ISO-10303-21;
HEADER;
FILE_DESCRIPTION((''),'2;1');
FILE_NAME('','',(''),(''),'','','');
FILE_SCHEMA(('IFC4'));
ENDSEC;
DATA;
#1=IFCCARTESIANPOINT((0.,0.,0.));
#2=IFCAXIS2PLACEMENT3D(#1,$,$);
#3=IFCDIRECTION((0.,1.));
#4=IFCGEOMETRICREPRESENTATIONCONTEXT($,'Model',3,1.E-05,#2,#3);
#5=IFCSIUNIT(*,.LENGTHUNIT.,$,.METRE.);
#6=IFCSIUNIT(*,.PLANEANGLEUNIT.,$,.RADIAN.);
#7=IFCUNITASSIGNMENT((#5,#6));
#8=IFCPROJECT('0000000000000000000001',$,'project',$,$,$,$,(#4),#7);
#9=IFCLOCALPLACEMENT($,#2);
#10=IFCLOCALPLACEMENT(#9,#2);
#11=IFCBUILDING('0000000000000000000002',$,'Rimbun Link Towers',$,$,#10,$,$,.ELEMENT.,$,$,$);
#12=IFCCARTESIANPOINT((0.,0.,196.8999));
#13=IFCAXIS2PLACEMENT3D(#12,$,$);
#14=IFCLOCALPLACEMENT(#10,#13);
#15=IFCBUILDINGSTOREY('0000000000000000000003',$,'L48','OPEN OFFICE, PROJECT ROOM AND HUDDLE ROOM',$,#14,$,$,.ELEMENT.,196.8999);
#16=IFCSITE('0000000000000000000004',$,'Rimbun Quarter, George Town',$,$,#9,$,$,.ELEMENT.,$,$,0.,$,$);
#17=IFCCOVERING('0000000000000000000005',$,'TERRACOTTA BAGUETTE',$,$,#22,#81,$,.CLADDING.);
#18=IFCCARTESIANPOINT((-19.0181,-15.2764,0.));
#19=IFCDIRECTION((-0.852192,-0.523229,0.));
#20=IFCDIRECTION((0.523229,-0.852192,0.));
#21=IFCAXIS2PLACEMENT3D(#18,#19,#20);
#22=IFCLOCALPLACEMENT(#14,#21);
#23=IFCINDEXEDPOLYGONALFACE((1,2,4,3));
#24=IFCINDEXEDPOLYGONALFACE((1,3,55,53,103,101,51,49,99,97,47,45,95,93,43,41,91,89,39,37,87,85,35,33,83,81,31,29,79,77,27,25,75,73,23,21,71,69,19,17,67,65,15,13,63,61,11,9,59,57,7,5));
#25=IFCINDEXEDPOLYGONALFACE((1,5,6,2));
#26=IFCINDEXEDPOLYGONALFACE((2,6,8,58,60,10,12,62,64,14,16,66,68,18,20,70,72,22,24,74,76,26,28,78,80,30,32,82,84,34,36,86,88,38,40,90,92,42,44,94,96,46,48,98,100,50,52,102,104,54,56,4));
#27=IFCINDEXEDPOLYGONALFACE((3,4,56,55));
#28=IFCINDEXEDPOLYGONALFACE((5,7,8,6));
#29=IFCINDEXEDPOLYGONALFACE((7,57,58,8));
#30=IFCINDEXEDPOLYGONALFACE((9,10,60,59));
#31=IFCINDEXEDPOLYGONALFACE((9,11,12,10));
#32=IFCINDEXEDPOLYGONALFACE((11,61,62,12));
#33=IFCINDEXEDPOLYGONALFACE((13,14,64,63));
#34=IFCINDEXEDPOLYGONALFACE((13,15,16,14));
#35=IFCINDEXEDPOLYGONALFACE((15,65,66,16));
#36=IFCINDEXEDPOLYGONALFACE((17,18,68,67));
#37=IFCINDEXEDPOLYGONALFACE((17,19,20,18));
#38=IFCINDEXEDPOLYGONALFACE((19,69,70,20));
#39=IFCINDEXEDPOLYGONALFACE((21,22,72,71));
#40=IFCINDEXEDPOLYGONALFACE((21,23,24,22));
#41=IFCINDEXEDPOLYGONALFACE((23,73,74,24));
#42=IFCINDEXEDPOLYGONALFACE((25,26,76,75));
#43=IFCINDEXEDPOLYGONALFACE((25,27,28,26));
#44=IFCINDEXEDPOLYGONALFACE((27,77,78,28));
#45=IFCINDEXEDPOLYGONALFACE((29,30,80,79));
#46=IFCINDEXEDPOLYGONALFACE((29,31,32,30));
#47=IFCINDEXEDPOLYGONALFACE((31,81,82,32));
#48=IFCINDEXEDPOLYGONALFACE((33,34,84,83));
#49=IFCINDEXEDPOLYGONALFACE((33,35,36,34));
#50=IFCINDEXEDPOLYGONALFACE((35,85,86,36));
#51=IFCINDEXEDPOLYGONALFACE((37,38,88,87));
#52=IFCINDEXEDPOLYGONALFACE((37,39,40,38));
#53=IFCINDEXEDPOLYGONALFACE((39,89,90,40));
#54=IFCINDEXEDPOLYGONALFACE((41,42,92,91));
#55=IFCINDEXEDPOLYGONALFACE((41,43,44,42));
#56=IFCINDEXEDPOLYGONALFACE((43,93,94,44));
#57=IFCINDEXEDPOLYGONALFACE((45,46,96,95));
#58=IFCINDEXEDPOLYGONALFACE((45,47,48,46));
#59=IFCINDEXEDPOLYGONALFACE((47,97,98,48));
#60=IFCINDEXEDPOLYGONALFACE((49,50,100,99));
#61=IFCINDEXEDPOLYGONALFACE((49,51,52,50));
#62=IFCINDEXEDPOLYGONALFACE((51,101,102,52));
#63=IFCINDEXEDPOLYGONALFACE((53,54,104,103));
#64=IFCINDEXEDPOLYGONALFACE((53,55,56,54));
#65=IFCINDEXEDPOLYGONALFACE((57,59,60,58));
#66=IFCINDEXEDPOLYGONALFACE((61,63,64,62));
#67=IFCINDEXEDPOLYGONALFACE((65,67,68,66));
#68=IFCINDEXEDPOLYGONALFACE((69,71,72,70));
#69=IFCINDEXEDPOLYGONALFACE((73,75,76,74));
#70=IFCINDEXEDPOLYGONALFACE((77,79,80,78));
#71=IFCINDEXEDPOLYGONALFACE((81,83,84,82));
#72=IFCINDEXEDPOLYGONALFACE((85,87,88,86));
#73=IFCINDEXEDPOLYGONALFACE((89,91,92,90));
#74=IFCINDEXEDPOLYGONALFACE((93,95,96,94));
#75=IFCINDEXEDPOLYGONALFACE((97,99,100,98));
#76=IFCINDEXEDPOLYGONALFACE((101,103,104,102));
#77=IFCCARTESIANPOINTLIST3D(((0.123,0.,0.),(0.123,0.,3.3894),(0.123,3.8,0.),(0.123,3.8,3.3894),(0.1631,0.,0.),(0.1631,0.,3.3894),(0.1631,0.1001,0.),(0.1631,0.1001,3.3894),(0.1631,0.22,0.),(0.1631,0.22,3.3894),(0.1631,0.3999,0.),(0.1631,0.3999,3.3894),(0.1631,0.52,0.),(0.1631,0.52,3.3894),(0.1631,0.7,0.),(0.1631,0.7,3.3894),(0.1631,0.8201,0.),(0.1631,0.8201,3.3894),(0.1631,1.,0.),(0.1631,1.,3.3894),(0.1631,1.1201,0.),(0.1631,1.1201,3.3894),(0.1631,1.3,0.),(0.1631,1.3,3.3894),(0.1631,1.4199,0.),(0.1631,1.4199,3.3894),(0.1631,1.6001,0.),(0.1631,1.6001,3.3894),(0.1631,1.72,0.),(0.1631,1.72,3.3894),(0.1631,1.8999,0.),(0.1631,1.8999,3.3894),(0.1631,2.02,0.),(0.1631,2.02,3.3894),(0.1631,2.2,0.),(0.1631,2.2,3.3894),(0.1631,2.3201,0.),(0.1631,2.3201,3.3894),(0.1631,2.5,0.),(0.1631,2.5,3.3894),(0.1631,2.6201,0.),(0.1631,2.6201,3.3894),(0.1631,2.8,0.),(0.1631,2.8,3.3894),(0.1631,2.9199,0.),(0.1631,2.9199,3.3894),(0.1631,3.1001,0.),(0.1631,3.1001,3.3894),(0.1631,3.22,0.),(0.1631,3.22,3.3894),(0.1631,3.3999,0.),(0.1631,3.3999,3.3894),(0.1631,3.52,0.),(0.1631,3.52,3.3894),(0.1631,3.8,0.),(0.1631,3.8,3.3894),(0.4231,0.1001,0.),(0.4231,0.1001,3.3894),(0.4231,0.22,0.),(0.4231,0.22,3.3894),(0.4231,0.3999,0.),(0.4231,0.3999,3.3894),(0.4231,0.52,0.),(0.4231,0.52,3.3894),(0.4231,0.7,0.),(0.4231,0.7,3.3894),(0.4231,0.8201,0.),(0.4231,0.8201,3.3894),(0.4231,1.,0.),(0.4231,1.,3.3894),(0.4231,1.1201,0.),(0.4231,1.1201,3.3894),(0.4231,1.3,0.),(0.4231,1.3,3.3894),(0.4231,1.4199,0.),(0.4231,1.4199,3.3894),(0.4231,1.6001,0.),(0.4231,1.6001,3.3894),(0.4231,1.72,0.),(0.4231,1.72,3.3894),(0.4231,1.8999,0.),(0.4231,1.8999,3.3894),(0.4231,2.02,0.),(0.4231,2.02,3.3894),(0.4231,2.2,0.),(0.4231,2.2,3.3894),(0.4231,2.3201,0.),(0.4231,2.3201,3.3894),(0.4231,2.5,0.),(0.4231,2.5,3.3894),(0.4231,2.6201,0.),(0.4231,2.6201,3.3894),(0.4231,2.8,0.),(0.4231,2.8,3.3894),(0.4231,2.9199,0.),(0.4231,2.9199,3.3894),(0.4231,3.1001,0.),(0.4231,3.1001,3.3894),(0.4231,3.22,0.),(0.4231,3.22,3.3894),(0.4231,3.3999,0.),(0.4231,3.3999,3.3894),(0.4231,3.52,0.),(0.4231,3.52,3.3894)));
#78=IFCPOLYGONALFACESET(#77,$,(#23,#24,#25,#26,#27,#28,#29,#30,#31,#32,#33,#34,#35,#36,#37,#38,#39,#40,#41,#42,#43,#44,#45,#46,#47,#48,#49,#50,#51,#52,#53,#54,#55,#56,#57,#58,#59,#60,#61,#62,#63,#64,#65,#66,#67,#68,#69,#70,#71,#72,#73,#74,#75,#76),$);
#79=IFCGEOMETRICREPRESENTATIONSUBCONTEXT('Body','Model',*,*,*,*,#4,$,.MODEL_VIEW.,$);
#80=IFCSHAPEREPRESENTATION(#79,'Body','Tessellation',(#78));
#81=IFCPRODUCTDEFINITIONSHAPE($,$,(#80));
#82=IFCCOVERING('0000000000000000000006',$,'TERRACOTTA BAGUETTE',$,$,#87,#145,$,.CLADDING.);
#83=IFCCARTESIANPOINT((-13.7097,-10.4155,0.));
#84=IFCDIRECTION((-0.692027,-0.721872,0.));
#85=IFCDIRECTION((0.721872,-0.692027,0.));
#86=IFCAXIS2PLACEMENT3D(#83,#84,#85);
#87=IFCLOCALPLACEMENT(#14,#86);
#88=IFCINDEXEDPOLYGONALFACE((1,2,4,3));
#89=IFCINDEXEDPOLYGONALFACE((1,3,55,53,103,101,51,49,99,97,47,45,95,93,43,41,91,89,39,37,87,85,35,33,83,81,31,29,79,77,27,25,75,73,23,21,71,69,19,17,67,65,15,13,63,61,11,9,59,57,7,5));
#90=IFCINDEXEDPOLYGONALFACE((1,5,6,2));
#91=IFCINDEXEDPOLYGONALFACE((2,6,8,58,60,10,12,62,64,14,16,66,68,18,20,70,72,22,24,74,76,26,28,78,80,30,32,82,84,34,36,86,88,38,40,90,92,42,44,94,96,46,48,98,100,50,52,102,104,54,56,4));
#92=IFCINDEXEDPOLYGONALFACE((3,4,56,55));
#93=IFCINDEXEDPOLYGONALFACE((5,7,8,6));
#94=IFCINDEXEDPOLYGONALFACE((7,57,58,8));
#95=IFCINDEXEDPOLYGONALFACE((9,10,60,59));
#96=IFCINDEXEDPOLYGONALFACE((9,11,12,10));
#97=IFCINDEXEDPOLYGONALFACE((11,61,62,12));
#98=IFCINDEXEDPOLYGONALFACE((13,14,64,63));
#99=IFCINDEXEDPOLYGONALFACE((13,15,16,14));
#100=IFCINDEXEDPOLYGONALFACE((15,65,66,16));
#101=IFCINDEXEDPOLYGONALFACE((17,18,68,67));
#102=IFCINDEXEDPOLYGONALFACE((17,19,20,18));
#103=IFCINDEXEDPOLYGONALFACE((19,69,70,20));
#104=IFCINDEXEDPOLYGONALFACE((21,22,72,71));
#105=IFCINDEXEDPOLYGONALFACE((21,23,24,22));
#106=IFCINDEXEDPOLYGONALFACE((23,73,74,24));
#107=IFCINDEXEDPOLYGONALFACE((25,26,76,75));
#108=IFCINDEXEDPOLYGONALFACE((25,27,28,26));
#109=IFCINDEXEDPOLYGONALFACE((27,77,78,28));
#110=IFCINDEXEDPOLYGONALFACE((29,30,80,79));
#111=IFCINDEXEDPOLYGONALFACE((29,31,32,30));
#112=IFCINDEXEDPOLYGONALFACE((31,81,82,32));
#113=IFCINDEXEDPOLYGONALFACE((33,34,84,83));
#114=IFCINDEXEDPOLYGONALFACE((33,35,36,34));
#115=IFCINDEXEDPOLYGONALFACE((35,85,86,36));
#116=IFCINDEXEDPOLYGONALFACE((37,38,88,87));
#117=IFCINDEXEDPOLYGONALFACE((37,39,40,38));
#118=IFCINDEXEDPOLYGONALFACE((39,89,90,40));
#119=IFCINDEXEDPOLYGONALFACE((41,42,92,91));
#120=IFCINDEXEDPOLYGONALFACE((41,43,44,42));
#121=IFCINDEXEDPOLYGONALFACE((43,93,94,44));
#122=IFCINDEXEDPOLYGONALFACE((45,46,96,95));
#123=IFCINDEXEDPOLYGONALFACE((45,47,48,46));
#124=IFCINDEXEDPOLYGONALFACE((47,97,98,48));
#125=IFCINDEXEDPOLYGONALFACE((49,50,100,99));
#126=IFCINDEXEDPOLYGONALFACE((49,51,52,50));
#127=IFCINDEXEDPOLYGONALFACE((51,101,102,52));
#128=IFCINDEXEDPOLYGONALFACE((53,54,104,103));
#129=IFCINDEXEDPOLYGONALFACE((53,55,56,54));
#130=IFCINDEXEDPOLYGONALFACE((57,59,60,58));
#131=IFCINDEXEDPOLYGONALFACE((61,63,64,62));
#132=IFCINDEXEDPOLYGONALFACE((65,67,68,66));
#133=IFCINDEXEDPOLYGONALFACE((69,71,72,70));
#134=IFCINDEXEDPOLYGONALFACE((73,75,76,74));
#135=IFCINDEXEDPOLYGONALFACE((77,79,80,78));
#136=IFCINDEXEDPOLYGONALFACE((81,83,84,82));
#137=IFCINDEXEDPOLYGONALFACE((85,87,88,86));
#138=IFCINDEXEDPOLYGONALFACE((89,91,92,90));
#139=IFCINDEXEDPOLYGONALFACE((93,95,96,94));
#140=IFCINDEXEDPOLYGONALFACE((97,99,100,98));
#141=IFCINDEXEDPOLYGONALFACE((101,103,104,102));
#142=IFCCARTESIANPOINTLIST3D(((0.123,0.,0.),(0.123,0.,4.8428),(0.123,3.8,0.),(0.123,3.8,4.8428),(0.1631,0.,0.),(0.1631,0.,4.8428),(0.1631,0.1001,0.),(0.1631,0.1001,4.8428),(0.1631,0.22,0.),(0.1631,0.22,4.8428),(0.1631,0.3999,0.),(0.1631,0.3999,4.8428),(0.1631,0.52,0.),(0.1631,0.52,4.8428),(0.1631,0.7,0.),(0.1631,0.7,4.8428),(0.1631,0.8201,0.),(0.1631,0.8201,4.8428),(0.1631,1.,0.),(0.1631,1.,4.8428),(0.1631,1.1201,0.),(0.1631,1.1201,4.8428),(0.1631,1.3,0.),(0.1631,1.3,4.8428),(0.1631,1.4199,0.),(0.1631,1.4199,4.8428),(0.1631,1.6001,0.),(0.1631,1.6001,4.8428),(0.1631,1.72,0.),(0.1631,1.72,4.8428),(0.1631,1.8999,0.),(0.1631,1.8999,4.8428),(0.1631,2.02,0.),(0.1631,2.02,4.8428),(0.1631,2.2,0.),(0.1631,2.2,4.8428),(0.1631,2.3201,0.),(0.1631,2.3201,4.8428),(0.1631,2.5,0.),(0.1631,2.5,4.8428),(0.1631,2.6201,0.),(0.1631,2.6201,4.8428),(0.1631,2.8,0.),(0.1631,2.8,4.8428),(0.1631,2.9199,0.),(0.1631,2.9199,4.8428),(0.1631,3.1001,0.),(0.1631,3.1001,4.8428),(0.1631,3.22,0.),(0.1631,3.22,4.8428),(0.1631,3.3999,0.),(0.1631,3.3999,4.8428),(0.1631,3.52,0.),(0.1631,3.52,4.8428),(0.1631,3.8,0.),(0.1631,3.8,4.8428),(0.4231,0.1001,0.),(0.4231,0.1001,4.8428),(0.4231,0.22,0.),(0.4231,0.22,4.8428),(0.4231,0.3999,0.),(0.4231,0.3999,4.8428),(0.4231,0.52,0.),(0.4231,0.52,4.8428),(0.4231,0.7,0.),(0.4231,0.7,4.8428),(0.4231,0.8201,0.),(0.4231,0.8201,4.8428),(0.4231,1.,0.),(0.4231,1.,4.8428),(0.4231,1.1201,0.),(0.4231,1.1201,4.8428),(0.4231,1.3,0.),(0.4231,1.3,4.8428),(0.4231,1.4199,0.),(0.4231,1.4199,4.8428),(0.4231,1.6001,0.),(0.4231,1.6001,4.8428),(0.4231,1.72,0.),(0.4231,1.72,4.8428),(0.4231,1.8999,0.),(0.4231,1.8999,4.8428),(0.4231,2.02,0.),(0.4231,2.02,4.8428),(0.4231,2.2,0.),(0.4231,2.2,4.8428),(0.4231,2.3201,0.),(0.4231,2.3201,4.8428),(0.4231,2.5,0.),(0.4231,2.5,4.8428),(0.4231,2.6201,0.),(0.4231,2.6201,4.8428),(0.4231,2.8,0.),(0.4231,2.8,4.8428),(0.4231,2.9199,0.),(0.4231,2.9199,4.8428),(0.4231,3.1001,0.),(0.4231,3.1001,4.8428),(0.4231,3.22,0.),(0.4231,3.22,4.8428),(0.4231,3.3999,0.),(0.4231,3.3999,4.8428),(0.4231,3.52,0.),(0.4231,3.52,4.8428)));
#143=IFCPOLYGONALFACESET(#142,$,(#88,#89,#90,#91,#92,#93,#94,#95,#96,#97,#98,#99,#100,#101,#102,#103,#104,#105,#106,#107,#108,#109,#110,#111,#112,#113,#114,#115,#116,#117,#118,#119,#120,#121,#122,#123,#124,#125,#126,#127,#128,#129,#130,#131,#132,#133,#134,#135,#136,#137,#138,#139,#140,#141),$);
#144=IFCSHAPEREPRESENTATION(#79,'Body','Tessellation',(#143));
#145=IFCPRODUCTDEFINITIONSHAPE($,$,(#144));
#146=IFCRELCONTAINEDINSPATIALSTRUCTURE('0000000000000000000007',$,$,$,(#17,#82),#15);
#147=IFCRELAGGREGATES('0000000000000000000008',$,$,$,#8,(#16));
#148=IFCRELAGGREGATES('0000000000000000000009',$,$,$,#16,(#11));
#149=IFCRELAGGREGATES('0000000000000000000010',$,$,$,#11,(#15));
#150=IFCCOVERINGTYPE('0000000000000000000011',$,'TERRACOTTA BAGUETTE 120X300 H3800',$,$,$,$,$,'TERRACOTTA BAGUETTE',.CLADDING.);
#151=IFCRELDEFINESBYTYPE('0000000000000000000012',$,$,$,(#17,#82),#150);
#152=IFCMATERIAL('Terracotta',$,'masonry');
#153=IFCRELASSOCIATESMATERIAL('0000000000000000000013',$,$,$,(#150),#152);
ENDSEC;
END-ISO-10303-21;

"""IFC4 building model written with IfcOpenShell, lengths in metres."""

from ifc_helpers import new_model, si_unit, direction, frame, origin, place, context, subcontext, project, spatial, polyline, outline, extrude, material, material_profile, profile_set, type_object, element, save


model = new_model("IFC4")

# Units and contexts
model_context = context("Model", 3, precision=1e-05, world=origin(), true_north=direction((0.0, 1.0)))
body_context = subcontext(model_context, "Body", "Model", "MODEL_VIEW")
ifc_project = project(units=[si_unit("LENGTHUNIT", "METRE"), si_unit("PLANEANGLEUNIT", "RADIAN")], contexts=[model_context])

# Site, building, storey
site_placement = place(None, origin())
site = spatial("IfcSite", under=ifc_project, at=site_placement, Name="Rimbun Quarter, George Town", CompositionType="ELEMENT", RefElevation=0.0)
building_placement = place(site_placement, origin())
building = spatial("IfcBuilding", under=site, at=building_placement, Name="Rimbun Link Towers", CompositionType="ELEMENT")
storey_placement = place(building_placement, frame((0.0, 0.0, 196.8999)))
storey = spatial("IfcBuildingStorey", under=building, at=storey_placement, Name="L48", Description="OPEN OFFICE, PROJECT ROOM AND HUDDLE ROOM", CompositionType="ELEMENT", Elevation=196.8999)

# Coverings
ifc_material_1 = material(Name="Terracotta", Category="masonry")
ifc_material_profile_1 = material_profile(ifc_material_1, outline(polyline([(0.123, 0.0), (0.1631, 0.0), (0.1631, 0.1001), (0.4231, 0.1001), (0.4231, 0.22), (0.1631, 0.22), (0.1631, 0.3999), (0.4231, 0.3999), (0.4231, 0.52), (0.1631, 0.52), (0.1631, 0.7), (0.4231, 0.7), (0.4231, 0.8201), (0.1631, 0.8201), (0.1631, 1.0), (0.4231, 1.0), (0.4231, 1.1201), (0.1631, 1.1201), (0.1631, 1.3), (0.4231, 1.3), (0.4231, 1.4199), (0.1631, 1.4199), (0.1631, 1.6001), (0.4231, 1.6001), (0.4231, 1.72), (0.1631, 1.72), (0.1631, 1.8999), (0.4231, 1.8999), (0.4231, 2.02), (0.1631, 2.02), (0.1631, 2.2), (0.4231, 2.2), (0.4231, 2.3201), (0.1631, 2.3201), (0.1631, 2.5), (0.4231, 2.5), (0.4231, 2.6201), (0.1631, 2.6201), (0.1631, 2.8), (0.4231, 2.8), (0.4231, 2.9199), (0.1631, 2.9199), (0.1631, 3.1001), (0.4231, 3.1001), (0.4231, 3.22), (0.1631, 3.22), (0.1631, 3.3999), (0.4231, 3.3999), (0.4231, 3.52), (0.1631, 3.52), (0.1631, 3.8), (0.123, 3.8), (0.123, 0.0)])), Name="BAGUETTE 120X300")
ifc_profile_set_1 = profile_set([ifc_material_profile_1], Name="Terracotta")
covering_type = type_object("IfcCoveringType", Name="TERRACOTTA BAGUETTE 120X300 H3800", ElementType="TERRACOTTA BAGUETTE", PredefinedType="CLADDING", material=ifc_profile_set_1)
covering_1_placement = place(storey_placement, frame((-19.0181, -15.2764, 0.0), z_axis=(-0.852192, -0.523229, 0.0), x_axis=(0.523229, -0.852192, 0.0)))
element("IfcCovering", 1, at=covering_1_placement, inside=storey, type_object=covering_type, Name="TERRACOTTA BAGUETTE", PredefinedType="CLADDING", context=body_context, shape_type="SweptSolid", body=[
    extrude(outline(polyline([(0.123, 0.0), (0.1631, 0.0), (0.1631, 0.1001), (0.4231, 0.1001), (0.4231, 0.22), (0.1631, 0.22), (0.1631, 0.3999), (0.4231, 0.3999), (0.4231, 0.52), (0.1631, 0.52), (0.1631, 0.7), (0.4231, 0.7), (0.4231, 0.8201), (0.1631, 0.8201), (0.1631, 1.0), (0.4231, 1.0), (0.4231, 1.1201), (0.1631, 1.1201), (0.1631, 1.3), (0.4231, 1.3), (0.4231, 1.4199), (0.1631, 1.4199), (0.1631, 1.6001), (0.4231, 1.6001), (0.4231, 1.72), (0.1631, 1.72), (0.1631, 1.8999), (0.4231, 1.8999), (0.4231, 2.02), (0.1631, 2.02), (0.1631, 2.2), (0.4231, 2.2), (0.4231, 2.3201), (0.1631, 2.3201), (0.1631, 2.5), (0.4231, 2.5), (0.4231, 2.6201), (0.1631, 2.6201), (0.1631, 2.8), (0.4231, 2.8), (0.4231, 2.9199), (0.1631, 2.9199), (0.1631, 3.1001), (0.4231, 3.1001), (0.4231, 3.22), (0.1631, 3.22), (0.1631, 3.3999), (0.4231, 3.3999), (0.4231, 3.52), (0.1631, 3.52), (0.1631, 3.8), (0.123, 3.8), (0.123, 0.0)])), origin(), (0.0, 0.0, 1.0), 3.3894),
])
covering_2_placement = place(storey_placement, frame((-13.7097, -10.4155, 0.0), z_axis=(-0.692027, -0.721872, 0.0), x_axis=(0.721872, -0.692027, 0.0)))
element("IfcCovering", 2, at=covering_2_placement, inside=storey, type_object=covering_type, Name="TERRACOTTA BAGUETTE", PredefinedType="CLADDING", context=body_context, shape_type="SweptSolid", body=[
    extrude(outline(polyline([(0.123, 0.0), (0.1631, 0.0), (0.1631, 0.1001), (0.4231, 0.1001), (0.4231, 0.22), (0.1631, 0.22), (0.1631, 0.3999), (0.4231, 0.3999), (0.4231, 0.52), (0.1631, 0.52), (0.1631, 0.7), (0.4231, 0.7), (0.4231, 0.8201), (0.1631, 0.8201), (0.1631, 1.0), (0.4231, 1.0), (0.4231, 1.1201), (0.1631, 1.1201), (0.1631, 1.3), (0.4231, 1.3), (0.4231, 1.4199), (0.1631, 1.4199), (0.1631, 1.6001), (0.4231, 1.6001), (0.4231, 1.72), (0.1631, 1.72), (0.1631, 1.8999), (0.4231, 1.8999), (0.4231, 2.02), (0.1631, 2.02), (0.1631, 2.2), (0.4231, 2.2), (0.4231, 2.3201), (0.1631, 2.3201), (0.1631, 2.5), (0.4231, 2.5), (0.4231, 2.6201), (0.1631, 2.6201), (0.1631, 2.8), (0.4231, 2.8), (0.4231, 2.9199), (0.1631, 2.9199), (0.1631, 3.1001), (0.4231, 3.1001), (0.4231, 3.22), (0.1631, 3.22), (0.1631, 3.3999), (0.4231, 3.3999), (0.4231, 3.52), (0.1631, 3.52), (0.1631, 3.8), (0.123, 3.8), (0.123, 0.0)])), origin(), (0.0, 0.0, 1.0), 4.8428),
])

save(model, "model.ifc")
